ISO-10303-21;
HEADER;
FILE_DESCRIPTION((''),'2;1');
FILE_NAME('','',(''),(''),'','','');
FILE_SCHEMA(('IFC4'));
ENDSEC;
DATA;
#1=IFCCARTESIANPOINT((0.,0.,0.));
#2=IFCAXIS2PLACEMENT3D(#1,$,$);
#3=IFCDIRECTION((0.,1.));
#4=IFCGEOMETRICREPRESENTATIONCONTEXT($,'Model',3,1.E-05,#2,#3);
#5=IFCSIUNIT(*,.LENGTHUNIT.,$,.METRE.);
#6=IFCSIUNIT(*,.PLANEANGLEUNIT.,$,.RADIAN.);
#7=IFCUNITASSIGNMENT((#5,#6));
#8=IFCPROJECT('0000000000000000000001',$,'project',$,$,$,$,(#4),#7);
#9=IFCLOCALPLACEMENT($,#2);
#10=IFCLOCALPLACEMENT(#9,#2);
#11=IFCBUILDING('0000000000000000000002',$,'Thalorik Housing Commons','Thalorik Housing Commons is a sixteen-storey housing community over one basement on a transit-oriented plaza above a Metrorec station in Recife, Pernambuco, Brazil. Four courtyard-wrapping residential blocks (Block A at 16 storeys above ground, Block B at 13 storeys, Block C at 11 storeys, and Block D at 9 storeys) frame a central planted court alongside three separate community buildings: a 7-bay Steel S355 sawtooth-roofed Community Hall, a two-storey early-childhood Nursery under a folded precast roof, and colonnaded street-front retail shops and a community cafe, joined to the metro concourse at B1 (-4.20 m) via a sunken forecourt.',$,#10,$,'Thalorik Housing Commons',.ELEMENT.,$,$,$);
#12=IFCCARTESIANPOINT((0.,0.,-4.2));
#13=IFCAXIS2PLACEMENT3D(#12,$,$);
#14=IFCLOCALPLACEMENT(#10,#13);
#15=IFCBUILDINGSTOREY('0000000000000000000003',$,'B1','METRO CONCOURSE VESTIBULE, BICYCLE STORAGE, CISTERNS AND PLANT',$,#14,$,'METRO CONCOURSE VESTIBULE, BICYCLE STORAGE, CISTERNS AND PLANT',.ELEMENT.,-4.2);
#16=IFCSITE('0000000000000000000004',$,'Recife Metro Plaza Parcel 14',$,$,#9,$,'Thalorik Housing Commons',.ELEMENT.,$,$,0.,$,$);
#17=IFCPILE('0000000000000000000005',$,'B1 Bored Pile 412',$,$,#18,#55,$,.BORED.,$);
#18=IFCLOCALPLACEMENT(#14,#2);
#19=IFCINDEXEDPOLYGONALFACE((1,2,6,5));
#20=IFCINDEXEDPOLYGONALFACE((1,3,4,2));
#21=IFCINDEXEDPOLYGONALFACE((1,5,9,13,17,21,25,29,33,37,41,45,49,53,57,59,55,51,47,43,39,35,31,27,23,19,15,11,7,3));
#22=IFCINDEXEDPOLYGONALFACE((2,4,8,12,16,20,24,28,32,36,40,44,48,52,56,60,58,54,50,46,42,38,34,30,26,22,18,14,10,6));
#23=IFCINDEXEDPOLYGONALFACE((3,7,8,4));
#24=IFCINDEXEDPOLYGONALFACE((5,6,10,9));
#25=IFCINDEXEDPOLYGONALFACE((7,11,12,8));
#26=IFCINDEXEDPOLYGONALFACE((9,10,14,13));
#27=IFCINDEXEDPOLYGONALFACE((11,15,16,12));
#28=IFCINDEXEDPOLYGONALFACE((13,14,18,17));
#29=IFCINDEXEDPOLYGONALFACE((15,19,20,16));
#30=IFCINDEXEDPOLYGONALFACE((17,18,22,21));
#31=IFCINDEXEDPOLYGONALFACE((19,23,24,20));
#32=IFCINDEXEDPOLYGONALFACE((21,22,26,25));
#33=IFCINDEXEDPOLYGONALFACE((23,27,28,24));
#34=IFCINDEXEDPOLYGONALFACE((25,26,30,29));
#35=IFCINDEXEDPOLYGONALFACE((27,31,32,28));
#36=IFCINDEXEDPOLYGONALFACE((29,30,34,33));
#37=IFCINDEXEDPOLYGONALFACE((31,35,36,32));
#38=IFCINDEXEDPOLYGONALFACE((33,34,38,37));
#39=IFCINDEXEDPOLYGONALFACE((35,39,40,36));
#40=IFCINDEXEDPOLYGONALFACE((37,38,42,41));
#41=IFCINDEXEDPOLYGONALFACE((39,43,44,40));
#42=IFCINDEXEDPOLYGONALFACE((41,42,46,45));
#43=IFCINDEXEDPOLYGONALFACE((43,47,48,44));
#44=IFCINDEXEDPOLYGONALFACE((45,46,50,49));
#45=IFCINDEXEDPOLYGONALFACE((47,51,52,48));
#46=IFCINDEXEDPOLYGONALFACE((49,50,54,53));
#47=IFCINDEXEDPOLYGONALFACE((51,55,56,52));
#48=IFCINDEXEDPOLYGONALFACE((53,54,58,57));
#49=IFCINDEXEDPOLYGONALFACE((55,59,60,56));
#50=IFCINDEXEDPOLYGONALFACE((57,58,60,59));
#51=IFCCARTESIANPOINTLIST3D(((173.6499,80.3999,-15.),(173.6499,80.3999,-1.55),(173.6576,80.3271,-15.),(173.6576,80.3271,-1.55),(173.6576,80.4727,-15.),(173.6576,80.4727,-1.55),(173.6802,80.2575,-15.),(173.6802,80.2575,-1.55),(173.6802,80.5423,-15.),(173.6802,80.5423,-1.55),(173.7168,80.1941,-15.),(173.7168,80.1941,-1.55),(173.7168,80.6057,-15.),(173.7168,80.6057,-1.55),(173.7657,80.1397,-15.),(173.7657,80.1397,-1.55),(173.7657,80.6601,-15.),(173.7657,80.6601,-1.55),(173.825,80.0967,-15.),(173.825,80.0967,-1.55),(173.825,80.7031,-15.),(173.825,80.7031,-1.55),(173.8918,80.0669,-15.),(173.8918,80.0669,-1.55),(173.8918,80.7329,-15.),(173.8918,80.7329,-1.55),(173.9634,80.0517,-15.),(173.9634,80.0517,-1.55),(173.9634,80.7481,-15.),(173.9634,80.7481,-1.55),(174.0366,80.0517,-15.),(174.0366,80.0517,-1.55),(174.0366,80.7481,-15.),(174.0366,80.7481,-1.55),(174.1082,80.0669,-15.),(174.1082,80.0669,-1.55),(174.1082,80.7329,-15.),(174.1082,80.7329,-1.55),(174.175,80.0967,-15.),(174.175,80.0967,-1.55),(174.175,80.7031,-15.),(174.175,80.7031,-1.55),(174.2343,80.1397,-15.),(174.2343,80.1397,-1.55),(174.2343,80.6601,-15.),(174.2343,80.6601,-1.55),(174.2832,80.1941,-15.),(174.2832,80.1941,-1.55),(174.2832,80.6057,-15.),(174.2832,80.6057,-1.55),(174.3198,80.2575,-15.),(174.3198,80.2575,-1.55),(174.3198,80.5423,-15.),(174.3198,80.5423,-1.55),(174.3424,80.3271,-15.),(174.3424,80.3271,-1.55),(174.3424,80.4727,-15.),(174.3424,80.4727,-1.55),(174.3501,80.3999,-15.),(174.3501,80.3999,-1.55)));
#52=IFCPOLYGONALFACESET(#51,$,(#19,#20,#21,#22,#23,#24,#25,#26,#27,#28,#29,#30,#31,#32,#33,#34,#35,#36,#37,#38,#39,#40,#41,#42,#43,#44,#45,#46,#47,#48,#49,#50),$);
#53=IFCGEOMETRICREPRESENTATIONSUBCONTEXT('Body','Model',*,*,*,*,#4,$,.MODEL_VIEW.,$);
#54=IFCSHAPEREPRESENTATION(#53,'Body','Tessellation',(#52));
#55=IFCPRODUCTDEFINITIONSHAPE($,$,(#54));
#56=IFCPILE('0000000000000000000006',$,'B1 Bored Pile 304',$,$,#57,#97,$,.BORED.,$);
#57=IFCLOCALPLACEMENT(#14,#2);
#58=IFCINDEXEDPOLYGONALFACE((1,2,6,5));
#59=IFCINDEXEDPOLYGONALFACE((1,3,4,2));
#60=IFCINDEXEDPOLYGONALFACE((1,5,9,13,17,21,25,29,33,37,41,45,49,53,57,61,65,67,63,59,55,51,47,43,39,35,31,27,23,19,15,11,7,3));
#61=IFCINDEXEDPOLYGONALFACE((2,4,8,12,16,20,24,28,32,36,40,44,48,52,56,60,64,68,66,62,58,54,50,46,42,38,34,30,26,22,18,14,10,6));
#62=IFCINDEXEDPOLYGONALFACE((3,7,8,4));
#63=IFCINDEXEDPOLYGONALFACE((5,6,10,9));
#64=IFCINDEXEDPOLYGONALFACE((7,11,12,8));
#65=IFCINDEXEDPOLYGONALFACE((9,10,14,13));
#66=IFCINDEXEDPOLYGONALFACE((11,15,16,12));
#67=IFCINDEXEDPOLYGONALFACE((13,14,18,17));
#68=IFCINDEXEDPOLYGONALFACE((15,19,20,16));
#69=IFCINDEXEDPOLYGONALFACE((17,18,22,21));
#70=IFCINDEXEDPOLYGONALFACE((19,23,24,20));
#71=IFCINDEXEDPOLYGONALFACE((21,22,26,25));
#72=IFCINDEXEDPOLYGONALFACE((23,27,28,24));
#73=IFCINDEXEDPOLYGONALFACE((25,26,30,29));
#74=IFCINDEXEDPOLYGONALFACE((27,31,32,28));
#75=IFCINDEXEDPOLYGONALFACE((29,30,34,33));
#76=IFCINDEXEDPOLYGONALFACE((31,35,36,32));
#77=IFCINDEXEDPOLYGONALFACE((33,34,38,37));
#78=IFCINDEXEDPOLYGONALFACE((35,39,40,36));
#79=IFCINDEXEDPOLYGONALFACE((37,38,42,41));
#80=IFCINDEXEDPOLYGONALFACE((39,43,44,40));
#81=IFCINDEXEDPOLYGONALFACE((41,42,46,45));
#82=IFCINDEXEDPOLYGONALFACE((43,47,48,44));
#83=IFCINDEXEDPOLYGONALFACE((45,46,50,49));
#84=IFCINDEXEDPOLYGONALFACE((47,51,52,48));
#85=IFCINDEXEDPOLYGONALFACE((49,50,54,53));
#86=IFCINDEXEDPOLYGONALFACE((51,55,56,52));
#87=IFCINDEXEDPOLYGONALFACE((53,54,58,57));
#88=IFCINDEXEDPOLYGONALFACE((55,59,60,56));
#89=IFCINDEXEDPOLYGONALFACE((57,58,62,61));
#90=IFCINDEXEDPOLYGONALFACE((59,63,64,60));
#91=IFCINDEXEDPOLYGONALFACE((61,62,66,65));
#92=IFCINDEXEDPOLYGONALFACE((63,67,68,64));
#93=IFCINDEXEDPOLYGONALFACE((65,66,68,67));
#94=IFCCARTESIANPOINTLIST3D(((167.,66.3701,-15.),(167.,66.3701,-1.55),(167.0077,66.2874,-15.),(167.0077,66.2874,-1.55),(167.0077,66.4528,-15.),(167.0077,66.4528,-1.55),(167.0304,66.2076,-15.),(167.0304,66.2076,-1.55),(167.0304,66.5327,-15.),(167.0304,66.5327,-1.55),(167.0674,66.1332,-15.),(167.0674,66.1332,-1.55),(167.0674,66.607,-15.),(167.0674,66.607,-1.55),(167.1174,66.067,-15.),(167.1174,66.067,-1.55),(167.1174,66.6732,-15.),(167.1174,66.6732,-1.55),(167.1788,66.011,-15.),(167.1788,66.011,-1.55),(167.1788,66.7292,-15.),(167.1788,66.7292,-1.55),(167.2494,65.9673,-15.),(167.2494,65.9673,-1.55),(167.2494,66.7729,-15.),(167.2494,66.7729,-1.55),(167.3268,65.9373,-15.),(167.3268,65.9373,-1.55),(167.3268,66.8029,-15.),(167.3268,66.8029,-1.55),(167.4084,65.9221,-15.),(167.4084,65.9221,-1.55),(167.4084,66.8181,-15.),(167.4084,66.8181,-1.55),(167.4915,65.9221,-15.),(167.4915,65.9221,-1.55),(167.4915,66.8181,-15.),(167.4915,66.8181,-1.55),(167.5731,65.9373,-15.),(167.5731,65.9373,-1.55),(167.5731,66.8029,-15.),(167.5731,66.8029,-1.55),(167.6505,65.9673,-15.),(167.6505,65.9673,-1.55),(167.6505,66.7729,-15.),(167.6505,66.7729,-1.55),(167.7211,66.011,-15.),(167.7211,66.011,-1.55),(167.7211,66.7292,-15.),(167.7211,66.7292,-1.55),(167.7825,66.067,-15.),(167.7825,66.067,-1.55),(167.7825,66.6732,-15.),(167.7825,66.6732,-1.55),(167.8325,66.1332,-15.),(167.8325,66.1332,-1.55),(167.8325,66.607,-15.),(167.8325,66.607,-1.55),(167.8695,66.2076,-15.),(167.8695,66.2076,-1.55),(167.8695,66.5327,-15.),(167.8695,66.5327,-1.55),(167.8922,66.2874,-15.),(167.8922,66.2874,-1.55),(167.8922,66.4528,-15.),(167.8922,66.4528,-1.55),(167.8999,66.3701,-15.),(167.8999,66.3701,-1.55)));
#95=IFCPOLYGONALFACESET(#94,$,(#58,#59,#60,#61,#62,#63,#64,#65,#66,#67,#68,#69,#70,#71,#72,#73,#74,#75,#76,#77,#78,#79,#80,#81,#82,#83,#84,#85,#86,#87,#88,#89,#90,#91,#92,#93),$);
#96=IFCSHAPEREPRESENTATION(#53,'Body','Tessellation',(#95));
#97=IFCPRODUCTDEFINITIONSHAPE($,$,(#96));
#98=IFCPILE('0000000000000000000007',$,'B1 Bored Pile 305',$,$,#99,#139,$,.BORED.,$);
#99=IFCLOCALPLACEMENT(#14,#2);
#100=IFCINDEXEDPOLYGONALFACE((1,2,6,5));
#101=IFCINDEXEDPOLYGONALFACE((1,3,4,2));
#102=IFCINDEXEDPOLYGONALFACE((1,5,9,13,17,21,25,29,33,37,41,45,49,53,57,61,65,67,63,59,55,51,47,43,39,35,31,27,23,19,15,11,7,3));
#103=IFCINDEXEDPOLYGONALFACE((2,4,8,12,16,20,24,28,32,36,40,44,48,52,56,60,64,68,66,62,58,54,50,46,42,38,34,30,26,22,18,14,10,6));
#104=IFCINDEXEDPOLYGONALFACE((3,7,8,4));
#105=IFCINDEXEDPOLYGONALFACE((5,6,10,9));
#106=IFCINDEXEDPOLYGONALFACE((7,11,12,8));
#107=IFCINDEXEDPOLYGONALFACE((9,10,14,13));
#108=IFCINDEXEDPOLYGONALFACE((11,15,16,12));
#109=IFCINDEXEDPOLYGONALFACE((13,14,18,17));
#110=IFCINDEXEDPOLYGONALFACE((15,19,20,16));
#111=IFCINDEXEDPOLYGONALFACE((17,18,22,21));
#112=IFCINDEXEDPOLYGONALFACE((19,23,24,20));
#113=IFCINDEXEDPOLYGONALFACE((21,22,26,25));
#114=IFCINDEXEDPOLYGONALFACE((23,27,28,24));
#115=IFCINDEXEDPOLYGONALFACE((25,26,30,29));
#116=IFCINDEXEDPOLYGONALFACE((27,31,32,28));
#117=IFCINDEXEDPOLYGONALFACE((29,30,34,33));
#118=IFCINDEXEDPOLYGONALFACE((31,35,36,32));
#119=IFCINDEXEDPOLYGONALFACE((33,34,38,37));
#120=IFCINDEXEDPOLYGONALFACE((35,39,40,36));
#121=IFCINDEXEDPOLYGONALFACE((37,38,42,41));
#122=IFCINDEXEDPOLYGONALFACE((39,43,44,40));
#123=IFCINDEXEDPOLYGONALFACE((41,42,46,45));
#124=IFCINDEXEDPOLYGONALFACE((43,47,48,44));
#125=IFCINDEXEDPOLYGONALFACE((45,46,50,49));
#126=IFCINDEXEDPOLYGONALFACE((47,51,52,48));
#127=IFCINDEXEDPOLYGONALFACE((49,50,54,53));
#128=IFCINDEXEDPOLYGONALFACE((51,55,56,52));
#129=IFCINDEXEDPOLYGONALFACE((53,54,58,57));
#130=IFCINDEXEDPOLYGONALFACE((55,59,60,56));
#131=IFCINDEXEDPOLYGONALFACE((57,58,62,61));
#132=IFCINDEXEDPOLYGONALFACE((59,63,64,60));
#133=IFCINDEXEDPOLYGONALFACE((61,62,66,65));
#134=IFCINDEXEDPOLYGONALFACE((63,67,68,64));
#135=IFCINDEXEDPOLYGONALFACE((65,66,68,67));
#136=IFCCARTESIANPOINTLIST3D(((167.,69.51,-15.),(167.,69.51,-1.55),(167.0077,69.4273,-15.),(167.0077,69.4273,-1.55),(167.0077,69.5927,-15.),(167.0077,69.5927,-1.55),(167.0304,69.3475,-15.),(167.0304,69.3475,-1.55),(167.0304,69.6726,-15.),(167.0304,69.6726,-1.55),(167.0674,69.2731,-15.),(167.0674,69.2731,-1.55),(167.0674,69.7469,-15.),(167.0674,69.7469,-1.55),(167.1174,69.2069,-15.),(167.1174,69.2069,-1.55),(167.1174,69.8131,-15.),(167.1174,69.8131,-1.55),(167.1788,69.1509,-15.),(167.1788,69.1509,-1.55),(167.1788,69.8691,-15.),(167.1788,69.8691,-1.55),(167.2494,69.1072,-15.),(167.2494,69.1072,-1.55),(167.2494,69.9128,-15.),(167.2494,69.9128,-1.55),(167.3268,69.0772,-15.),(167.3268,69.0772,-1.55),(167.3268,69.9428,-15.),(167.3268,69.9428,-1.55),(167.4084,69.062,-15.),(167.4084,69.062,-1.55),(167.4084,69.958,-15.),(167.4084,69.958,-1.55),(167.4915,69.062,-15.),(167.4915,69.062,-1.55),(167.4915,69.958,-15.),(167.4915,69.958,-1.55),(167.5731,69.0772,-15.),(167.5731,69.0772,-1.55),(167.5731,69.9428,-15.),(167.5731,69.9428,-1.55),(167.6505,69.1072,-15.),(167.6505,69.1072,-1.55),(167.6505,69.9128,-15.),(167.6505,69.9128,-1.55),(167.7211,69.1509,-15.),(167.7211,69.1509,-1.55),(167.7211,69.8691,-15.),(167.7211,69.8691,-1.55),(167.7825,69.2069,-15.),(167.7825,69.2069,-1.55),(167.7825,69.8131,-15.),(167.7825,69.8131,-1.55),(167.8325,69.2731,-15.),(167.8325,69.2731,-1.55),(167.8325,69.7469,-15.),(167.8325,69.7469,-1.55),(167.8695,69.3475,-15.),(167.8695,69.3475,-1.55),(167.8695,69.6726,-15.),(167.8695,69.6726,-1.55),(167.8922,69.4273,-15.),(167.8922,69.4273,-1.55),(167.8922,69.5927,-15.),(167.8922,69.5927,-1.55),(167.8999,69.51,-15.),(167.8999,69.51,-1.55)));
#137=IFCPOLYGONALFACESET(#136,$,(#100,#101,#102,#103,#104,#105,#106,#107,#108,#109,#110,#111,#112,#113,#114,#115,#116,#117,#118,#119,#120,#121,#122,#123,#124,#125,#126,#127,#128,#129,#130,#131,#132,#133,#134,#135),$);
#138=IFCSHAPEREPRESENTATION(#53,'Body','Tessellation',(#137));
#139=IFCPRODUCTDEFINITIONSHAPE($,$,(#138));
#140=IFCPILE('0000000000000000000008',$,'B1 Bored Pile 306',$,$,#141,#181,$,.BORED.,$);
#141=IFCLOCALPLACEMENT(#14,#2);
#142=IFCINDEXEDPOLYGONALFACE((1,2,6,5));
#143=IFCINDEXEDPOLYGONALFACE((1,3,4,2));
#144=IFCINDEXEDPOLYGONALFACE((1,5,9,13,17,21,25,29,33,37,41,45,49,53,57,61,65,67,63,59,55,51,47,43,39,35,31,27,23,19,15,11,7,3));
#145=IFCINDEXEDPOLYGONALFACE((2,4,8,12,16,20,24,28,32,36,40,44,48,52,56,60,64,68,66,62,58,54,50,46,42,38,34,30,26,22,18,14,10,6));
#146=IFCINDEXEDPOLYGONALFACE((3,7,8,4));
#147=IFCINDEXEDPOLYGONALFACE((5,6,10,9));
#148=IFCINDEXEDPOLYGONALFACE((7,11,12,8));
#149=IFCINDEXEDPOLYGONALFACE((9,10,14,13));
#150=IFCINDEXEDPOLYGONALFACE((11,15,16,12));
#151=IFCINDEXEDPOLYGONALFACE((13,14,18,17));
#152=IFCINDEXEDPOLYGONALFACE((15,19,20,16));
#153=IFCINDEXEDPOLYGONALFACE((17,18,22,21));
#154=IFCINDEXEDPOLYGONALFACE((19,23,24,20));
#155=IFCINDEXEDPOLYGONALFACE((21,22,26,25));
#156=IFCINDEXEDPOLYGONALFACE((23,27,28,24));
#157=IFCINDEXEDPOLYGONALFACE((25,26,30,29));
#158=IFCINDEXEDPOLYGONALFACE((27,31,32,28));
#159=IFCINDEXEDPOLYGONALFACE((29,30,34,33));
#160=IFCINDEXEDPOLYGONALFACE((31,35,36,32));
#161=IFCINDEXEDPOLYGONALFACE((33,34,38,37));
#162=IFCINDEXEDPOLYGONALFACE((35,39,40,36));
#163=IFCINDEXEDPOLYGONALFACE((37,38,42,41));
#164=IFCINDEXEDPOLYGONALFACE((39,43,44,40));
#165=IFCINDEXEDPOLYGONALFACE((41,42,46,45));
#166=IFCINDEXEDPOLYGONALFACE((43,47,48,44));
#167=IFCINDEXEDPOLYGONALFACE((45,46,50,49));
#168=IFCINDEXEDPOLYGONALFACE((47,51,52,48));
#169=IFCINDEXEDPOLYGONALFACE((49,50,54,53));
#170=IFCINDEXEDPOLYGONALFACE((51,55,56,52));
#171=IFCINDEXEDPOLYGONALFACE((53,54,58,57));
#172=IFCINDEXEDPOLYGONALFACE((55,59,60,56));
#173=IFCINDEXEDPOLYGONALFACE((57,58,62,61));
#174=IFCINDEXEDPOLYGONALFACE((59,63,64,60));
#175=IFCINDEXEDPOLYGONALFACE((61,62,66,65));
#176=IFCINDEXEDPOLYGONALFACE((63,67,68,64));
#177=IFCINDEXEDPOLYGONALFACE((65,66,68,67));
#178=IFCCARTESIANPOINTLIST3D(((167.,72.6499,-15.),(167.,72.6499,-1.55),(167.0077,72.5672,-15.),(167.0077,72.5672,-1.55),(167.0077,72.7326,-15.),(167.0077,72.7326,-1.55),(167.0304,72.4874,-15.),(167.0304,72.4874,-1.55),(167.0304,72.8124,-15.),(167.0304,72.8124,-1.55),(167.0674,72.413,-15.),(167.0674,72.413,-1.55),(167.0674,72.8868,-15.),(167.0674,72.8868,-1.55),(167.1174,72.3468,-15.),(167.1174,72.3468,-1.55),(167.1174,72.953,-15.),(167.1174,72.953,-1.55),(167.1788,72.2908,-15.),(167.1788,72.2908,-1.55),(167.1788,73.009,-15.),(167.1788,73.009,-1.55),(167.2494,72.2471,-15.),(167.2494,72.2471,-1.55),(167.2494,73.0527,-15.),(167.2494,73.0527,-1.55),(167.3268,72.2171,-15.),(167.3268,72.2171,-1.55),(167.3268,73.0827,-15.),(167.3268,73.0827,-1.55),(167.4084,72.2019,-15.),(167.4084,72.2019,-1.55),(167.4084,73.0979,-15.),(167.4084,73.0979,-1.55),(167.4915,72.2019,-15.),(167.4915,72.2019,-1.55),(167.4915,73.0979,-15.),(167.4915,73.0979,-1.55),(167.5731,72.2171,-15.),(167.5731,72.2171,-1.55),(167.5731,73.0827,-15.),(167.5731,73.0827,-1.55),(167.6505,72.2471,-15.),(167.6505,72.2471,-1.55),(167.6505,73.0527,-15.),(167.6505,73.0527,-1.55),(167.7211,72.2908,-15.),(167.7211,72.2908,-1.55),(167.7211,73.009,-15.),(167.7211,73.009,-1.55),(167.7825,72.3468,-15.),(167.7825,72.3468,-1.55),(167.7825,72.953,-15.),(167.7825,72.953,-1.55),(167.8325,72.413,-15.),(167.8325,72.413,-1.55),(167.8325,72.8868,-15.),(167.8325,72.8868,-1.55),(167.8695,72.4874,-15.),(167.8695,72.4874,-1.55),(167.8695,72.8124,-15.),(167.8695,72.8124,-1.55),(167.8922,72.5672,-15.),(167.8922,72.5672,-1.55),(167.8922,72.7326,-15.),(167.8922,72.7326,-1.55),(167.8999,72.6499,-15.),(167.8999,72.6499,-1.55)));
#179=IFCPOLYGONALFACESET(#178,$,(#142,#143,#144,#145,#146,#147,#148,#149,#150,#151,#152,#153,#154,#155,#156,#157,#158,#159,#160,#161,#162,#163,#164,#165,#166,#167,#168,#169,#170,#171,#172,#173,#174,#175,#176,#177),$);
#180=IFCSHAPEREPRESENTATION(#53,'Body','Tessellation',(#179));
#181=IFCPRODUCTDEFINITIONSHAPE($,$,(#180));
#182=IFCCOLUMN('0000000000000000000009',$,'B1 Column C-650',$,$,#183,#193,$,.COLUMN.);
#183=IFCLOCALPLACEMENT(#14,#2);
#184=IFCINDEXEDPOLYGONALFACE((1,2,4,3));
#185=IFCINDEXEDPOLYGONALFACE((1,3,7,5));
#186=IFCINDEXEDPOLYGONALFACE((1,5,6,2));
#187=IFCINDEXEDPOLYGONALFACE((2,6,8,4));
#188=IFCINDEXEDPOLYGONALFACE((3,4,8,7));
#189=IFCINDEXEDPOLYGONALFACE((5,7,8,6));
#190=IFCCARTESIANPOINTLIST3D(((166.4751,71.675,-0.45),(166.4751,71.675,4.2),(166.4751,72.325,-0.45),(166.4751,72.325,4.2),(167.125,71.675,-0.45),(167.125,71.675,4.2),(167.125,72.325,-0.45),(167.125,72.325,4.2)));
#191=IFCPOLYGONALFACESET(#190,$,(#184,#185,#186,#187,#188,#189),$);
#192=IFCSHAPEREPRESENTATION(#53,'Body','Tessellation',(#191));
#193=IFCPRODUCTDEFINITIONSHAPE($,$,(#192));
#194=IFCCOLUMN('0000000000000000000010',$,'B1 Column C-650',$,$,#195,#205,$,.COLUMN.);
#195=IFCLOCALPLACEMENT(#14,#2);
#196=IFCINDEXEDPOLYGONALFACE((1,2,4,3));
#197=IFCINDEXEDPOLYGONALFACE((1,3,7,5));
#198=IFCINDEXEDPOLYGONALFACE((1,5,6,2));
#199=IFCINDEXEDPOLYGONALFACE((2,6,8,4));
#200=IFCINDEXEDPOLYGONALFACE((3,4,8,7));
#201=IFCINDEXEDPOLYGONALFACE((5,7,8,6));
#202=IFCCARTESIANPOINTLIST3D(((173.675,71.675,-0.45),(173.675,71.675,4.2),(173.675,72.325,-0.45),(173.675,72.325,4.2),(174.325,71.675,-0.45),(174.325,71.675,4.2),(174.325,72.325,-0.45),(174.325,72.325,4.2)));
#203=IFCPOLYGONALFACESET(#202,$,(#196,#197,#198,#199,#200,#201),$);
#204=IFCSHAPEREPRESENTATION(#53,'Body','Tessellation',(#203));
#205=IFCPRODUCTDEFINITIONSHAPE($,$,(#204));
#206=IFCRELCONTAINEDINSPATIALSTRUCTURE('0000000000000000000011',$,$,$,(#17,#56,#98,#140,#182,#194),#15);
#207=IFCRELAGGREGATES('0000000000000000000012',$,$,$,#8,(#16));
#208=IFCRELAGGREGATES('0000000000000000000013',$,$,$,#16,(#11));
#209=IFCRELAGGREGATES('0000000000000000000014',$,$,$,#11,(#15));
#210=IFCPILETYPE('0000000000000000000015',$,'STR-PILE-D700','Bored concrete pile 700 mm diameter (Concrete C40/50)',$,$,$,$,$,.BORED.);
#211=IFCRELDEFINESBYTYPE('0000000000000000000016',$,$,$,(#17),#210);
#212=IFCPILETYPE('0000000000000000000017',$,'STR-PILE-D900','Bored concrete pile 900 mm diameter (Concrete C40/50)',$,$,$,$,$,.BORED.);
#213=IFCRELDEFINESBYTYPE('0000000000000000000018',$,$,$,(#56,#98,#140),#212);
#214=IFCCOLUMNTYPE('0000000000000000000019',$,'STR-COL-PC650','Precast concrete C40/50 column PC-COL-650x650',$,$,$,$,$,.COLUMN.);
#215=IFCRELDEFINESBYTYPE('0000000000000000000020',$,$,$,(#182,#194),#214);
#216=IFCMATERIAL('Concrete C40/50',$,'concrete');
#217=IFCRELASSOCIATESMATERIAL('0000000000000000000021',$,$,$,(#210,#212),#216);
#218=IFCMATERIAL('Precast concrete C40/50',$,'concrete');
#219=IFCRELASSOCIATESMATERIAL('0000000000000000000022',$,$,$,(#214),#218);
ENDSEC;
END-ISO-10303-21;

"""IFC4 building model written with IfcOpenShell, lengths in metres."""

from ifc_helpers import new_model, si_unit, direction, frame, origin, origin_2d, place, context, subcontext, project, spatial, rectangle, circle, extrude, material, material_profile, profile_set, type_object, element, save


model = new_model("IFC4")

# Units and contexts
model_context = context("Model", 3, precision=1e-05, world=origin(), true_north=direction((0.0, 1.0)))
body_context = subcontext(model_context, "Body", "Model", "MODEL_VIEW")
ifc_project = project(units=[si_unit("LENGTHUNIT", "METRE"), si_unit("PLANEANGLEUNIT", "RADIAN")], contexts=[model_context])

# Site, building, storey
site_placement = place(None, origin())
site = spatial("IfcSite", under=ifc_project, at=site_placement, Name="Recife Metro Plaza Parcel 14", LongName="Thalorik Housing Commons", CompositionType="ELEMENT", RefElevation=0.0)
building_placement = place(site_placement, origin())
building = spatial("IfcBuilding", under=site, at=building_placement, Name="Thalorik Housing Commons", Description="Thalorik Housing Commons is a sixteen-storey housing community over one basement on a transit-oriented plaza above a Metrorec station in Recife, Pernambuco, Brazil. Four courtyard-wrapping residential blocks (Block A at 16 storeys above ground, Block B at 13 storeys, Block C at 11 storeys, and Block D at 9 storeys) frame a central planted court alongside three separate community buildings: a 7-bay Steel S355 sawtooth-roofed Community Hall, a two-storey early-childhood Nursery under a folded precast roof, and colonnaded street-front retail shops and a community cafe, joined to the metro concourse at B1 (-4.20 m) via a sunken forecourt.", LongName="Thalorik Housing Commons", CompositionType="ELEMENT")
storey_placement = place(building_placement, frame((0.0, 0.0, -4.2)))
storey = spatial("IfcBuildingStorey", under=building, at=storey_placement, Name="B1", Description="METRO CONCOURSE VESTIBULE, BICYCLE STORAGE, CISTERNS AND PLANT", LongName="METRO CONCOURSE VESTIBULE, BICYCLE STORAGE, CISTERNS AND PLANT", CompositionType="ELEMENT", Elevation=-4.2)

# Shared definitions
ifc_material_1 = material(Name="Concrete C40/50", Category="concrete")

# Piles
ifc_material_profile_1 = material_profile(ifc_material_1, circle(Radius=0.3501, at=origin_2d()), Name="BORED PILE D700", Category="concrete")
ifc_profile_set_1 = profile_set([ifc_material_profile_1], Name="Concrete C40/50")
pile_type_1 = type_object("IfcPileType", Name="STR-PILE-D700", Description="Bored concrete pile 700 mm diameter (Concrete C40/50)", PredefinedType="BORED", material=ifc_profile_set_1)
for number, where, z_axis, x_axis, name in (
    (1, (174.0, 80.3999, -1.55), (0.0, 0.0, -1.0), (1.0, 0.0, 0.0), "B1 Bored Pile 412"),
):
    element("IfcPile", number, at=place(storey_placement, frame(where, z_axis=z_axis, x_axis=x_axis)), inside=storey, type_object=pile_type_1, Name=name, PredefinedType="BORED", context=body_context, shape_type="SweptSolid", body=[
        extrude(circle(Radius=0.3501, at=origin_2d()), origin(), (0.0, 0.0, 1.0), 13.45),
    ])
ifc_material_profile_2 = material_profile(ifc_material_1, circle(Radius=0.45, at=origin_2d()), Name="BORED PILE D900", Category="concrete")
ifc_profile_set_2 = profile_set([ifc_material_profile_2], Name="Concrete C40/50")
pile_type_2 = type_object("IfcPileType", Name="STR-PILE-D900", Description="Bored concrete pile 900 mm diameter (Concrete C40/50)", PredefinedType="BORED", material=ifc_profile_set_2)
for number, where, z_axis, x_axis, name in (
    (2, (167.45, 66.3701, -1.55), (0.0, 0.0, -1.0), (1.0, 0.0, 0.0), "B1 Bored Pile 304"),
    (3, (167.45, 69.51, -1.55), (0.0, 0.0, -1.0), (1.0, 0.0, 0.0), "B1 Bored Pile 305"),
    (4, (167.45, 72.6499, -1.55), (0.0, 0.0, -1.0), (1.0, 0.0, 0.0), "B1 Bored Pile 306"),
):
    element("IfcPile", number, at=place(storey_placement, frame(where, z_axis=z_axis, x_axis=x_axis)), inside=storey, type_object=pile_type_2, Name=name, PredefinedType="BORED", context=body_context, shape_type="SweptSolid", body=[
        extrude(circle(Radius=0.45, at=origin_2d()), origin(), (0.0, 0.0, 1.0), 13.45),
    ])

# Columns
ifc_material_2 = material(Name="Precast concrete C40/50", Category="concrete")
ifc_material_profile_3 = material_profile(ifc_material_2, rectangle(XDim=0.6499, YDim=0.6499, at=origin_2d()), Name="PC 650x650", Category="concrete")
ifc_profile_set_3 = profile_set([ifc_material_profile_3], Name="Precast concrete C40/50")
column_type_1 = type_object("IfcColumnType", Name="STR-COL-PC650", Description="Precast concrete C40/50 column PC-COL-650x650", PredefinedType="COLUMN", material=ifc_profile_set_3)
for number, where, z_axis, x_axis, name in (
    (5, (166.8, 72.0, -0.45), (0.0, 0.0, 1.0), (1.0, 0.0, 0.0), "B1 Column C-650"),
    (6, (174.0, 72.0, -0.45), (0.0, 0.0, 1.0), (1.0, 0.0, 0.0), "B1 Column C-650"),
):
    element("IfcColumn", number, at=place(storey_placement, frame(where, z_axis=z_axis, x_axis=x_axis)), inside=storey, type_object=column_type_1, Name=name, PredefinedType="COLUMN", context=body_context, shape_type="SweptSolid", body=[
        extrude(rectangle(XDim=0.6499, YDim=0.6499, at=origin_2d()), origin(), (0.0, 0.0, 1.0), 4.6499),
    ])

save(model, "model.ifc")
